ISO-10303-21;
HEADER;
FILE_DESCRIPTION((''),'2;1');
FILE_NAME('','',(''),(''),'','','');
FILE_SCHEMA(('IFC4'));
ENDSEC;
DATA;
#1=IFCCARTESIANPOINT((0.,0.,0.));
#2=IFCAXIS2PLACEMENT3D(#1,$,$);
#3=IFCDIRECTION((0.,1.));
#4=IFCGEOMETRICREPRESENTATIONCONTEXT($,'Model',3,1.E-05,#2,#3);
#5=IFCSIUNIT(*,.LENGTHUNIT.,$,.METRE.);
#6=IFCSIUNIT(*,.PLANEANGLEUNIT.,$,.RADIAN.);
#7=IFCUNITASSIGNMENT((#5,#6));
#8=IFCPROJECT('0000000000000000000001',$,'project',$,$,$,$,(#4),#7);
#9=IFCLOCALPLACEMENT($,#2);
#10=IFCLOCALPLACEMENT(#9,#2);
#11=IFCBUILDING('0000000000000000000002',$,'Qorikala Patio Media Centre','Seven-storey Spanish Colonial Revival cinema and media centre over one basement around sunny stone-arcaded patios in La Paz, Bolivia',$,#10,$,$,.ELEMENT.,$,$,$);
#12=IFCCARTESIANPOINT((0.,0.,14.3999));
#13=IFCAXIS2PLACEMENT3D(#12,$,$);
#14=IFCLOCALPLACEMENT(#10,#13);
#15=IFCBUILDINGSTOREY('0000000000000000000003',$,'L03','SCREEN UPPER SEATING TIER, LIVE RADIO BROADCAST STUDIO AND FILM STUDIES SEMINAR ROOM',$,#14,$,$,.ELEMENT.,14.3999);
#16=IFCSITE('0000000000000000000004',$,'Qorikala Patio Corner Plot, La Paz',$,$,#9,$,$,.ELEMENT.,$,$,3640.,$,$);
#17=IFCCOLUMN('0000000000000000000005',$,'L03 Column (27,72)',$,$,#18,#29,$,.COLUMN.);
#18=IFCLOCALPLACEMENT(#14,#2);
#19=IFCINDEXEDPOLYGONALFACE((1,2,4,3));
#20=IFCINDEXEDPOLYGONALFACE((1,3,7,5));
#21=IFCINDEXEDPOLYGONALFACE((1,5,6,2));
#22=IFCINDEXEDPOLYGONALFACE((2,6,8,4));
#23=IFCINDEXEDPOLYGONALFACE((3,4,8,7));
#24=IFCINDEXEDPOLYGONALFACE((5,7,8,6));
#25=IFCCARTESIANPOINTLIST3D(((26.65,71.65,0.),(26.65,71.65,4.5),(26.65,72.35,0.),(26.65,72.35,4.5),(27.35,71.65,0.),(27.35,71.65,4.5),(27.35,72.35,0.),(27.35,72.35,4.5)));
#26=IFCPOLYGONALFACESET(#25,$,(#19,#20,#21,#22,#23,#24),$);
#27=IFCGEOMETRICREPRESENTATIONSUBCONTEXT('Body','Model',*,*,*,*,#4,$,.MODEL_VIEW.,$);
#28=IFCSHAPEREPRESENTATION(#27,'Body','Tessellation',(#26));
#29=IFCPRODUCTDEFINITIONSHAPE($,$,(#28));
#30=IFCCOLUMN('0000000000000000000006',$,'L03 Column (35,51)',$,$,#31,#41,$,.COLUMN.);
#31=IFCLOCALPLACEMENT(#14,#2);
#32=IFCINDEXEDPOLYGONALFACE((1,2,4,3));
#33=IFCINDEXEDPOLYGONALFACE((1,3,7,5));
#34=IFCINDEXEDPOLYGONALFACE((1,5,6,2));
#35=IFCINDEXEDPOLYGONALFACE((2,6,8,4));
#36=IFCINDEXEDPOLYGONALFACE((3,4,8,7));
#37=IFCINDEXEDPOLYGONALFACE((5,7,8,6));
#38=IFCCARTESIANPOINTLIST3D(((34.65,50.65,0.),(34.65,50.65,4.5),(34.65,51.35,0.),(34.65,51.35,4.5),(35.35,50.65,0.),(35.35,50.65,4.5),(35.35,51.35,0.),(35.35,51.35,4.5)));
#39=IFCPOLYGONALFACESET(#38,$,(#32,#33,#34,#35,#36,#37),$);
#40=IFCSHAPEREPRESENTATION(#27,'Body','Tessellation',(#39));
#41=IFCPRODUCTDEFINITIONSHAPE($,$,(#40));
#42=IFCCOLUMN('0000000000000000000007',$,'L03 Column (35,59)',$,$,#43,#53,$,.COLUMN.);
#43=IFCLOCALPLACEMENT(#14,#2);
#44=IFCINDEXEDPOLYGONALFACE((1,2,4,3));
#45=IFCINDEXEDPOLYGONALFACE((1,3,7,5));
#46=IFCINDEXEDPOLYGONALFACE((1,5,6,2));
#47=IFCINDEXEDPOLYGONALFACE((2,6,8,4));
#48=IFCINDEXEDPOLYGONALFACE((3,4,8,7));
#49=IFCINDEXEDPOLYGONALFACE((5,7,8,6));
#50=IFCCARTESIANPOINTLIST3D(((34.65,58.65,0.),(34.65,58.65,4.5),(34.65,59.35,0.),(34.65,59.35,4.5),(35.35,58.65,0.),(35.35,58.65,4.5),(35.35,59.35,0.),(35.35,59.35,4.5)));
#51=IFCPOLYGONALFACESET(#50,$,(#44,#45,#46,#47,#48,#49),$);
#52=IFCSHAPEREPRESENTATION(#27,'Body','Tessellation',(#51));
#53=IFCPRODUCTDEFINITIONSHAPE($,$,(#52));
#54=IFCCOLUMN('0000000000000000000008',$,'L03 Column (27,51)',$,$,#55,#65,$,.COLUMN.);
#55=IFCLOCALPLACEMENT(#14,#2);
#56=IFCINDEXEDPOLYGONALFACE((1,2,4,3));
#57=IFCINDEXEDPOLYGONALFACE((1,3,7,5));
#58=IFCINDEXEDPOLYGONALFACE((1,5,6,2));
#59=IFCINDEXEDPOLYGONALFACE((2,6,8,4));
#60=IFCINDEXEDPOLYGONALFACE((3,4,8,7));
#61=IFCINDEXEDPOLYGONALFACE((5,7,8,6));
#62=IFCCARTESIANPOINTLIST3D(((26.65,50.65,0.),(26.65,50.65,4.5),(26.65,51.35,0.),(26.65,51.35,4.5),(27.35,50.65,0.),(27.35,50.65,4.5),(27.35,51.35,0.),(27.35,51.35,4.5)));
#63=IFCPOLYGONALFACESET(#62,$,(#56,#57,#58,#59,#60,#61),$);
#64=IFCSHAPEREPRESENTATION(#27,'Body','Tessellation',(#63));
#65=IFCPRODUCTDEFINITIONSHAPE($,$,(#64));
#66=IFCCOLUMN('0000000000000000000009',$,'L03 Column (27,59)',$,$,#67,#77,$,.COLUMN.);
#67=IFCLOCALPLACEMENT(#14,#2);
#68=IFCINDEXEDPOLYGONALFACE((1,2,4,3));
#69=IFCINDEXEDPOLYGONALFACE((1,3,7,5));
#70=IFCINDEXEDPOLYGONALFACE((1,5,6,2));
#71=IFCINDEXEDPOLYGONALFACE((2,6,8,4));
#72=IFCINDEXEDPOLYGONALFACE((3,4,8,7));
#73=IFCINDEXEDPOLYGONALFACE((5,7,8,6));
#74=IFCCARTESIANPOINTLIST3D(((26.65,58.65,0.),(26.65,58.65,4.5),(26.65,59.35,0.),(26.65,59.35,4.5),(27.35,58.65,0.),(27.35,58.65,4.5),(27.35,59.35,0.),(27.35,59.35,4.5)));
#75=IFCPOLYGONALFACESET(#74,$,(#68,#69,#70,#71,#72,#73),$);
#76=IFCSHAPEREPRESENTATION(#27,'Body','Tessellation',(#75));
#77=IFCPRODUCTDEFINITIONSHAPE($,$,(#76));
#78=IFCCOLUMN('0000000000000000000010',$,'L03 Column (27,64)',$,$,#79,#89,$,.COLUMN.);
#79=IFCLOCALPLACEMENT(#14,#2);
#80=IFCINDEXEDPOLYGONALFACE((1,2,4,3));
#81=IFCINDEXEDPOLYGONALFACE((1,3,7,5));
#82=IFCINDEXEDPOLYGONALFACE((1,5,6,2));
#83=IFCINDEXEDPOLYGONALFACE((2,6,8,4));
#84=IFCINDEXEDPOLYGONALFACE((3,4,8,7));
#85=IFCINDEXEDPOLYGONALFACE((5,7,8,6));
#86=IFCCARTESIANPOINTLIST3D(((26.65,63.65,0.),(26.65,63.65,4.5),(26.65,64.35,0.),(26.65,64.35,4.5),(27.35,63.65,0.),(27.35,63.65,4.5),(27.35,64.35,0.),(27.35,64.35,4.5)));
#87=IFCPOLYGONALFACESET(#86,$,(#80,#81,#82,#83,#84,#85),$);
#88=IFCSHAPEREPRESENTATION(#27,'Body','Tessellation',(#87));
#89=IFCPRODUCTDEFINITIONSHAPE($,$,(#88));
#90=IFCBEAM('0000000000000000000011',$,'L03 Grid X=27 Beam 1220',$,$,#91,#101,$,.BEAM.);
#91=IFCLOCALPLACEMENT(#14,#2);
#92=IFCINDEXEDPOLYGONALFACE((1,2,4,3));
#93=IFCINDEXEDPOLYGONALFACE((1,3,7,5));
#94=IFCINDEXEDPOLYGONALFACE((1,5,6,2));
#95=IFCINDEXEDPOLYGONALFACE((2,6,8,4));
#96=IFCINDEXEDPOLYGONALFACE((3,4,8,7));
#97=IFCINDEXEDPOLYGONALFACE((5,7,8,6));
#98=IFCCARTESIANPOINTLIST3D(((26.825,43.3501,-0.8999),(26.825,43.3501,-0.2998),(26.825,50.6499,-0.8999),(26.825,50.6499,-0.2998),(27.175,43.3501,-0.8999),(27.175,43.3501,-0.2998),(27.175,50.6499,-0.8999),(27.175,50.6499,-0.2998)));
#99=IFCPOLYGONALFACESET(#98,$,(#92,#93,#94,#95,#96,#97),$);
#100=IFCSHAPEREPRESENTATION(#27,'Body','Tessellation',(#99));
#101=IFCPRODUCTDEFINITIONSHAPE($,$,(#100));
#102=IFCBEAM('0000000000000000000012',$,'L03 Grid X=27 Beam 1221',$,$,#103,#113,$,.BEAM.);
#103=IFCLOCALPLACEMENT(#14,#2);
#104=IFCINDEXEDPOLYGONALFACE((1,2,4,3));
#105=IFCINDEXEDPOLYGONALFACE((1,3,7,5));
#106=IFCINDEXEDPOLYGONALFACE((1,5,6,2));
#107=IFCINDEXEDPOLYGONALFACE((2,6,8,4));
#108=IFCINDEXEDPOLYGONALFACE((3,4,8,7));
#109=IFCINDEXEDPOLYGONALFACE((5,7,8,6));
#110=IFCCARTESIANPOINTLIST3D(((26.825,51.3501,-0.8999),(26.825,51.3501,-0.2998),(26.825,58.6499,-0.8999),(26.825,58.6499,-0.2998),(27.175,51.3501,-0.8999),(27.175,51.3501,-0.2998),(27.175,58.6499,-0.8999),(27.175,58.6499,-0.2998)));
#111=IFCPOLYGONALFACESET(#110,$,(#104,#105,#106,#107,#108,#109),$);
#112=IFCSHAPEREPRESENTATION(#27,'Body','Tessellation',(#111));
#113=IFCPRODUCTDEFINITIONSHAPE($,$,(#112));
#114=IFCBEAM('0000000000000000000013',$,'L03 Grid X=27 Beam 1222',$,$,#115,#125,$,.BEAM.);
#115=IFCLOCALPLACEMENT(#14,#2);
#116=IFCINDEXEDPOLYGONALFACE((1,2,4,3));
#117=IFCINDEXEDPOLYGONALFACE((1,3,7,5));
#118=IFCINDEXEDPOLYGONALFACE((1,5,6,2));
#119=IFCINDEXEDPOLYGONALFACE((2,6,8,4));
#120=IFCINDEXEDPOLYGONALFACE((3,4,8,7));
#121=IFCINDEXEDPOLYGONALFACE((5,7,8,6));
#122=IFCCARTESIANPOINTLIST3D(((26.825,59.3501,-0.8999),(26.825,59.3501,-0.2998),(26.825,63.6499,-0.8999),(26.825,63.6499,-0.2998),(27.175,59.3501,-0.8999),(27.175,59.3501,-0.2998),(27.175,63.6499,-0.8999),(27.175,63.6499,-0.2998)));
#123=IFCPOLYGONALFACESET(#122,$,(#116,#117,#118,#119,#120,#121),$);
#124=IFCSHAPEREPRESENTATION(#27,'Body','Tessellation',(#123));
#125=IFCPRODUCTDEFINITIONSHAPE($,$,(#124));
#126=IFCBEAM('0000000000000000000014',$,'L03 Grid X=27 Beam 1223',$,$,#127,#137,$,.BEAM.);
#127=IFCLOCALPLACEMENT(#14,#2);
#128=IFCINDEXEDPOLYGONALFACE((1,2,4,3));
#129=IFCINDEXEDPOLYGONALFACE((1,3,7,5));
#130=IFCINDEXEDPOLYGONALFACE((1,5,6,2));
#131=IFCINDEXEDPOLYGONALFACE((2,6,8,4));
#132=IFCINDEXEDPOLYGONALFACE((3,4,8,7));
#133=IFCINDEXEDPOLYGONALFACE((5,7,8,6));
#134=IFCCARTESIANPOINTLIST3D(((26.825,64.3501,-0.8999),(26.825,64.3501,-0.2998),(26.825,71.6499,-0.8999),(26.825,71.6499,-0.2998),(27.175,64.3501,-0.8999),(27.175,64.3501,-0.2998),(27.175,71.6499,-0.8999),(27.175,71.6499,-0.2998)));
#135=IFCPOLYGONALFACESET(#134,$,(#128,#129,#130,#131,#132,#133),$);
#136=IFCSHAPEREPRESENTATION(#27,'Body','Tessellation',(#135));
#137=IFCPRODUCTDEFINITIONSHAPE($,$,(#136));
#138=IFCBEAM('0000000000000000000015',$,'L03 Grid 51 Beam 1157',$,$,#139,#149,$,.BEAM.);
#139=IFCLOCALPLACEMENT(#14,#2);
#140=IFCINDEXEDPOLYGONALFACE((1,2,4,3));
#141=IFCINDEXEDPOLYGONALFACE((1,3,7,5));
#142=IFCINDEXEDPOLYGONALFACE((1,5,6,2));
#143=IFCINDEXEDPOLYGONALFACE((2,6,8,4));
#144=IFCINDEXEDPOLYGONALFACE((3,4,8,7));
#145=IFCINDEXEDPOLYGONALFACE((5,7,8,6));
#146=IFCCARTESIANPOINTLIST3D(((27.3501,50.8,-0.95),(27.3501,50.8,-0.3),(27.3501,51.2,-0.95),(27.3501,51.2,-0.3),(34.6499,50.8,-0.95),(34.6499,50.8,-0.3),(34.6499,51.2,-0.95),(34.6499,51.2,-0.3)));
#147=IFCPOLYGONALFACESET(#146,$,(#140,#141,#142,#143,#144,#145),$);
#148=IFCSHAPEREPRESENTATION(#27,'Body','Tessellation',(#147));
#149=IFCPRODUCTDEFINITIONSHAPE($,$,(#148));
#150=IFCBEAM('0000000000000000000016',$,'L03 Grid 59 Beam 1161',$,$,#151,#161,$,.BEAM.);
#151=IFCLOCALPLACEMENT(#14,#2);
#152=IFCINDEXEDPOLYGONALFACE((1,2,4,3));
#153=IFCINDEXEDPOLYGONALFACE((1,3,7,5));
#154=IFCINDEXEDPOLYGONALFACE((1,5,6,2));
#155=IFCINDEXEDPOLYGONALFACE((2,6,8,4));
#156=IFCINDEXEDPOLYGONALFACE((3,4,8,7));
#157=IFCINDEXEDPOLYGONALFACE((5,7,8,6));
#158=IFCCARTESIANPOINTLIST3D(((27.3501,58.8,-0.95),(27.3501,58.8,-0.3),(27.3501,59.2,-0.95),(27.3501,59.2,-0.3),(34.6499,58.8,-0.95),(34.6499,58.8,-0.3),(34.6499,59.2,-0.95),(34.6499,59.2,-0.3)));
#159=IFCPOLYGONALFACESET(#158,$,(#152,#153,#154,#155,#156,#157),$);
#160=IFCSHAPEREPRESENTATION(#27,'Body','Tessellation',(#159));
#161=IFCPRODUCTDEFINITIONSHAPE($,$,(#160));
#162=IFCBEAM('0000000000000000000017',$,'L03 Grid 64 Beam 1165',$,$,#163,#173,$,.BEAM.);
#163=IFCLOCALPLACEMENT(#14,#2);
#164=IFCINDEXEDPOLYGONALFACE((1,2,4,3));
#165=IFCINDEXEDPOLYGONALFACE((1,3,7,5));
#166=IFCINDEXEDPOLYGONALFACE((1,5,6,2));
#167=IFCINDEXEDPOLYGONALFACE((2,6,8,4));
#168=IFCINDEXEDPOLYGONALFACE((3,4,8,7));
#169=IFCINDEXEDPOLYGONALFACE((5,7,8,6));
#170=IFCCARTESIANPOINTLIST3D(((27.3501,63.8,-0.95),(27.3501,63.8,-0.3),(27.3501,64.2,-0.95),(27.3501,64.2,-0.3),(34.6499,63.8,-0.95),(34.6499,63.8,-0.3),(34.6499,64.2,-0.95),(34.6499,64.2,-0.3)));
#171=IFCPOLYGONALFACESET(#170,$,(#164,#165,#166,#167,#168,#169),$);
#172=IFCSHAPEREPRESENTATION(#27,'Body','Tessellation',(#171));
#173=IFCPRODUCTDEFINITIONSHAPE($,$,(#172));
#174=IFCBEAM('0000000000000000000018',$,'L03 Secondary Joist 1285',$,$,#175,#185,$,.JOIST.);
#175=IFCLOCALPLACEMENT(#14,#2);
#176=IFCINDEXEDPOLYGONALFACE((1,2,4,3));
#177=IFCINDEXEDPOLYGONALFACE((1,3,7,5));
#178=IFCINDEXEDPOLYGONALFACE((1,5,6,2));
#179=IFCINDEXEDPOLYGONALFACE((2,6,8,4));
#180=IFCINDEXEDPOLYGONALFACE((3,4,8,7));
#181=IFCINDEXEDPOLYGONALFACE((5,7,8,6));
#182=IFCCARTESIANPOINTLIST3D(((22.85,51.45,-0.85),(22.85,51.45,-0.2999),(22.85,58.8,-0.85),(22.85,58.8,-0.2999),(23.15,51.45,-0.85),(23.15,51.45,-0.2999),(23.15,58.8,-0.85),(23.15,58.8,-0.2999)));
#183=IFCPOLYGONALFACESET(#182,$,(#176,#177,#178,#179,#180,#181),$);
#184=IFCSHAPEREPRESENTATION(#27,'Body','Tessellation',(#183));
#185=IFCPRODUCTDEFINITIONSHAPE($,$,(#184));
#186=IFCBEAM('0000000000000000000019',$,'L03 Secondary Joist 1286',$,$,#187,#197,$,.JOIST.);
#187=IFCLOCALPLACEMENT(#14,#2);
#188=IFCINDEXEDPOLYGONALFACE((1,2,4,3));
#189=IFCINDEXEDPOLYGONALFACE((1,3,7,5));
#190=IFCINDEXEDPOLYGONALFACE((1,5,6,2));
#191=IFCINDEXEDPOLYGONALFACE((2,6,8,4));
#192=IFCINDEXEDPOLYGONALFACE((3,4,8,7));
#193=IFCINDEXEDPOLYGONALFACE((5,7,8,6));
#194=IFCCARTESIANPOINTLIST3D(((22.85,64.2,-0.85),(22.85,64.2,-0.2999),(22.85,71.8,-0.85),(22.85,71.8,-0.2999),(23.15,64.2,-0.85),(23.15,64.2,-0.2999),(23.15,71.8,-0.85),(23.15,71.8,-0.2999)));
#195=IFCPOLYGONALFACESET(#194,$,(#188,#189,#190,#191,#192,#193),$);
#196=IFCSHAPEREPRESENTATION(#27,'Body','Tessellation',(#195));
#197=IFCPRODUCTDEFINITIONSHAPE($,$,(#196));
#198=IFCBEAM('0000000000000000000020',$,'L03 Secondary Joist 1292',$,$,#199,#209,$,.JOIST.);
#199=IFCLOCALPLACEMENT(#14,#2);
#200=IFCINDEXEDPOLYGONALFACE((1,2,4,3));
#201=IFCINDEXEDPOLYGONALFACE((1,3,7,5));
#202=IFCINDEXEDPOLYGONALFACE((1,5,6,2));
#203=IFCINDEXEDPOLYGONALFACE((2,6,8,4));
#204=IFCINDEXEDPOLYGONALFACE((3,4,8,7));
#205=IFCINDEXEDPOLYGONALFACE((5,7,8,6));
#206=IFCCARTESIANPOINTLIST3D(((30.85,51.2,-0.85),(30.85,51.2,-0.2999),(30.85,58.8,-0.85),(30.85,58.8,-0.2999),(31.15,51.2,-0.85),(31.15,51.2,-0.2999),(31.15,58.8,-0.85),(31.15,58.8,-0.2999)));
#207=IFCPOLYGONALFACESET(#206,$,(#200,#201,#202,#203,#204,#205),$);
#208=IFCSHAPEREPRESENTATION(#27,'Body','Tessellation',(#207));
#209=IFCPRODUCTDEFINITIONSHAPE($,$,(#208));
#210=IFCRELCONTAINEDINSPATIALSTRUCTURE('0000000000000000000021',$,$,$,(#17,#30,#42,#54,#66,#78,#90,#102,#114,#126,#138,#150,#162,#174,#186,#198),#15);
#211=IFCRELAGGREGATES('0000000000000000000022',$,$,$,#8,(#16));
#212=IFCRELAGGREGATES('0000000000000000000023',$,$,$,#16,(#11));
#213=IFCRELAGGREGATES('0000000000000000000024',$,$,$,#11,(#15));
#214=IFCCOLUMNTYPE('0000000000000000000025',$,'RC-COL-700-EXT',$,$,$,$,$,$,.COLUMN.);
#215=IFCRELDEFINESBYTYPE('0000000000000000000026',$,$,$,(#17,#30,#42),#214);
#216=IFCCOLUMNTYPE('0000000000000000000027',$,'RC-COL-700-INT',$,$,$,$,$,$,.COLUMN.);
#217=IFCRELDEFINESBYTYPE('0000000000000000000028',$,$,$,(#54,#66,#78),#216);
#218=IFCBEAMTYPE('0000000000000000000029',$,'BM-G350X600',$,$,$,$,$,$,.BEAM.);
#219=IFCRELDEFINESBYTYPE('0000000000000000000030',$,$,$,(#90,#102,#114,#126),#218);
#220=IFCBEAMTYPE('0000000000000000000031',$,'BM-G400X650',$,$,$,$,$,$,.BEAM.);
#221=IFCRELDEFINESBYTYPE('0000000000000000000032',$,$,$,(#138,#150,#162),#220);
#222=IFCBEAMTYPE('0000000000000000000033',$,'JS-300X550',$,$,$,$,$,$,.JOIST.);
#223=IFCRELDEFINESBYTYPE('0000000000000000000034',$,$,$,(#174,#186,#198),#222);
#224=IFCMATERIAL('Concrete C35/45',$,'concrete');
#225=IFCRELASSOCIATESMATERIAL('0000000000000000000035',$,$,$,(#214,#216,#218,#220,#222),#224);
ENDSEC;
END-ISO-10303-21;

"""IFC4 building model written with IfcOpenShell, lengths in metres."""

from ifc_helpers import new_model, si_unit, direction, frame, origin, origin_2d, place, context, subcontext, project, spatial, rectangle, extrude, material, material_profile, profile_set, type_object, element, save


model = new_model("IFC4")

# Units and contexts
model_context = context("Model", 3, precision=1e-05, world=origin(), true_north=direction((0.0, 1.0)))
body_context = subcontext(model_context, "Body", "Model", "MODEL_VIEW")
ifc_project = project(units=[si_unit("LENGTHUNIT", "METRE"), si_unit("PLANEANGLEUNIT", "RADIAN")], contexts=[model_context])

# Site, building, storey
site_placement = place(None, origin())
site = spatial("IfcSite", under=ifc_project, at=site_placement, Name="Qorikala Patio Corner Plot, La Paz", CompositionType="ELEMENT", RefElevation=3640.0)
building_placement = place(site_placement, origin())
building = spatial("IfcBuilding", under=site, at=building_placement, Name="Qorikala Patio Media Centre", Description="Seven-storey Spanish Colonial Revival cinema and media centre over one basement around sunny stone-arcaded patios in La Paz, Bolivia", CompositionType="ELEMENT")
storey_placement = place(building_placement, frame((0.0, 0.0, 14.3999)))
storey = spatial("IfcBuildingStorey", under=building, at=storey_placement, Name="L03", Description="SCREEN UPPER SEATING TIER, LIVE RADIO BROADCAST STUDIO AND FILM STUDIES SEMINAR ROOM", CompositionType="ELEMENT", Elevation=14.3999)

# Columns
ifc_material_1 = material(Name="Concrete C35/45", Category="concrete")
ifc_material_profile_1 = material_profile(ifc_material_1, rectangle(XDim=0.7, YDim=0.7, at=origin_2d()), Name="RC 700x700")
ifc_profile_set_1 = profile_set([ifc_material_profile_1], Name="Concrete C35/45")
column_type_1 = type_object("IfcColumnType", Name="RC-COL-700-EXT", PredefinedType="COLUMN", material=ifc_profile_set_1)
for number, where, z_axis, x_axis, name in (
    (1, (27.0, 72.0, 0.0), (0.0, 0.0, 1.0), (1.0, 0.0, 0.0), "L03 Column (27,72)"),
    (2, (35.0, 51.0, 0.0), (0.0, 0.0, 1.0), (1.0, 0.0, 0.0), "L03 Column (35,51)"),
    (3, (35.0, 59.0, 0.0), (0.0, 0.0, 1.0), (1.0, 0.0, 0.0), "L03 Column (35,59)"),
):
    element("IfcColumn", number, at=place(storey_placement, frame(where, z_axis=z_axis, x_axis=x_axis)), inside=storey, type_object=column_type_1, Name=name, PredefinedType="COLUMN", context=body_context, shape_type="SweptSolid", body=[
        extrude(rectangle(XDim=0.7, YDim=0.7, at=origin_2d()), origin(), (0.0, 0.0, 1.0), 4.5),
    ])
ifc_material_profile_2 = material_profile(ifc_material_1, rectangle(XDim=0.7, YDim=0.7, at=origin_2d()), Name="RC 700x700")
ifc_profile_set_2 = profile_set([ifc_material_profile_2], Name="Concrete C35/45")
column_type_2 = type_object("IfcColumnType", Name="RC-COL-700-INT", PredefinedType="COLUMN", material=ifc_profile_set_2)
for number, where, z_axis, x_axis, name in (
    (4, (27.0, 51.0, 0.0), (0.0, 0.0, 1.0), (1.0, 0.0, 0.0), "L03 Column (27,51)"),
    (5, (27.0, 59.0, 0.0), (0.0, 0.0, 1.0), (1.0, 0.0, 0.0), "L03 Column (27,59)"),
    (6, (27.0, 64.0, 0.0), (0.0, 0.0, 1.0), (1.0, 0.0, 0.0), "L03 Column (27,64)"),
):
    element("IfcColumn", number, at=place(storey_placement, frame(where, z_axis=z_axis, x_axis=x_axis)), inside=storey, type_object=column_type_2, Name=name, PredefinedType="COLUMN", context=body_context, shape_type="SweptSolid", body=[
        extrude(rectangle(XDim=0.7, YDim=0.7, at=origin_2d()), origin(), (0.0, 0.0, 1.0), 4.5),
    ])

# Beams
ifc_material_profile_3 = material_profile(ifc_material_1, rectangle(XDim=0.3501, YDim=0.6001, at=origin_2d()), Name="RC 350x600")
ifc_profile_set_3 = profile_set([ifc_material_profile_3], Name="Concrete C35/45")
beam_type_1 = type_object("IfcBeamType", Name="BM-G350X600", PredefinedType="BEAM", material=ifc_profile_set_3)
for number, where, z_axis, x_axis, name in (
    (7, (27.0, 43.3501, -0.5999), (0.0, 1.0, 0.0), (-1.0, 0.0, 0.0), "L03 Grid X=27 Beam 1220"),
    (8, (27.0, 51.3501, -0.5999), (0.0, 1.0, 0.0), (-1.0, 0.0, 0.0), "L03 Grid X=27 Beam 1221"),
):
    element("IfcBeam", number, at=place(storey_placement, frame(where, z_axis=z_axis, x_axis=x_axis)), inside=storey, type_object=beam_type_1, Name=name, PredefinedType="BEAM", context=body_context, shape_type="SweptSolid", body=[
        extrude(rectangle(XDim=0.3501, YDim=0.6001, at=origin_2d()), origin(), (0.0, 0.0, 1.0), 7.2998),
    ])
beam_1_placement = place(storey_placement, frame((27.0, 59.3501, -0.5999), z_axis=(0.0, 1.0, 0.0), x_axis=(-1.0, 0.0, 0.0)))
element("IfcBeam", 9, at=beam_1_placement, inside=storey, type_object=beam_type_1, Name="L03 Grid X=27 Beam 1222", PredefinedType="BEAM", context=body_context, shape_type="SweptSolid", body=[
    extrude(rectangle(XDim=0.3501, YDim=0.6001, at=origin_2d()), origin(), (0.0, 0.0, 1.0), 4.2998),
])
beam_2_placement = place(storey_placement, frame((27.0, 64.3501, -0.5999), z_axis=(0.0, 1.0, 0.0), x_axis=(-1.0, 0.0, 0.0)))
element("IfcBeam", 10, at=beam_2_placement, inside=storey, type_object=beam_type_1, Name="L03 Grid X=27 Beam 1223", PredefinedType="BEAM", context=body_context, shape_type="SweptSolid", body=[
    extrude(rectangle(XDim=0.3501, YDim=0.6001, at=origin_2d()), origin(), (0.0, 0.0, 1.0), 7.2998),
])
ifc_material_profile_4 = material_profile(ifc_material_1, rectangle(XDim=0.3999, YDim=0.6499, at=origin_2d()), Name="RC 400x650")
ifc_profile_set_4 = profile_set([ifc_material_profile_4], Name="Concrete C35/45")
beam_type_2 = type_object("IfcBeamType", Name="BM-G400X650", PredefinedType="BEAM", material=ifc_profile_set_4)
for number, where, z_axis, x_axis, name in (
    (11, (27.3501, 51.0, -0.625), (1.0, 0.0, 0.0), (0.0, 1.0, 0.0), "L03 Grid 51 Beam 1157"),
    (12, (27.3501, 59.0, -0.625), (1.0, 0.0, 0.0), (0.0, 1.0, 0.0), "L03 Grid 59 Beam 1161"),
    (13, (27.3501, 64.0, -0.625), (1.0, 0.0, 0.0), (0.0, 1.0, 0.0), "L03 Grid 64 Beam 1165"),
):
    element("IfcBeam", number, at=place(storey_placement, frame(where, z_axis=z_axis, x_axis=x_axis)), inside=storey, type_object=beam_type_2, Name=name, PredefinedType="BEAM", context=body_context, shape_type="SweptSolid", body=[
        extrude(rectangle(XDim=0.3999, YDim=0.6499, at=origin_2d()), origin(), (0.0, 0.0, 1.0), 7.2998),
    ])
ifc_material_profile_5 = material_profile(ifc_material_1, rectangle(XDim=0.3, YDim=0.55, at=origin_2d()), Name="RC 300x550")
ifc_profile_set_5 = profile_set([ifc_material_profile_5], Name="Concrete C35/45")
beam_type_3 = type_object("IfcBeamType", Name="JS-300X550", PredefinedType="JOIST", material=ifc_profile_set_5)
beam_3_placement = place(storey_placement, frame((23.0, 51.45, -0.575), z_axis=(0.0, 1.0, 0.0), x_axis=(-1.0, 0.0, 0.0)))
element("IfcBeam", 14, at=beam_3_placement, inside=storey, type_object=beam_type_3, Name="L03 Secondary Joist 1285", PredefinedType="JOIST", context=body_context, shape_type="SweptSolid", body=[
    extrude(rectangle(XDim=0.3, YDim=0.55, at=origin_2d()), origin(), (0.0, 0.0, 1.0), 7.3501),
])
for number, where, z_axis, x_axis, name in (
    (15, (23.0, 64.2, -0.575), (0.0, 1.0, 0.0), (-1.0, 0.0, 0.0), "L03 Secondary Joist 1286"),
    (16, (31.0, 51.2, -0.575), (0.0, 1.0, 0.0), (-1.0, 0.0, 0.0), "L03 Secondary Joist 1292"),
):
    element("IfcBeam", number, at=place(storey_placement, frame(where, z_axis=z_axis, x_axis=x_axis)), inside=storey, type_object=beam_type_3, Name=name, PredefinedType="JOIST", context=body_context, shape_type="SweptSolid", body=[
        extrude(rectangle(XDim=0.3, YDim=0.55, at=origin_2d()), origin(), (0.0, 0.0, 1.0), 7.6001),
    ])

save(model, "model.ifc")
